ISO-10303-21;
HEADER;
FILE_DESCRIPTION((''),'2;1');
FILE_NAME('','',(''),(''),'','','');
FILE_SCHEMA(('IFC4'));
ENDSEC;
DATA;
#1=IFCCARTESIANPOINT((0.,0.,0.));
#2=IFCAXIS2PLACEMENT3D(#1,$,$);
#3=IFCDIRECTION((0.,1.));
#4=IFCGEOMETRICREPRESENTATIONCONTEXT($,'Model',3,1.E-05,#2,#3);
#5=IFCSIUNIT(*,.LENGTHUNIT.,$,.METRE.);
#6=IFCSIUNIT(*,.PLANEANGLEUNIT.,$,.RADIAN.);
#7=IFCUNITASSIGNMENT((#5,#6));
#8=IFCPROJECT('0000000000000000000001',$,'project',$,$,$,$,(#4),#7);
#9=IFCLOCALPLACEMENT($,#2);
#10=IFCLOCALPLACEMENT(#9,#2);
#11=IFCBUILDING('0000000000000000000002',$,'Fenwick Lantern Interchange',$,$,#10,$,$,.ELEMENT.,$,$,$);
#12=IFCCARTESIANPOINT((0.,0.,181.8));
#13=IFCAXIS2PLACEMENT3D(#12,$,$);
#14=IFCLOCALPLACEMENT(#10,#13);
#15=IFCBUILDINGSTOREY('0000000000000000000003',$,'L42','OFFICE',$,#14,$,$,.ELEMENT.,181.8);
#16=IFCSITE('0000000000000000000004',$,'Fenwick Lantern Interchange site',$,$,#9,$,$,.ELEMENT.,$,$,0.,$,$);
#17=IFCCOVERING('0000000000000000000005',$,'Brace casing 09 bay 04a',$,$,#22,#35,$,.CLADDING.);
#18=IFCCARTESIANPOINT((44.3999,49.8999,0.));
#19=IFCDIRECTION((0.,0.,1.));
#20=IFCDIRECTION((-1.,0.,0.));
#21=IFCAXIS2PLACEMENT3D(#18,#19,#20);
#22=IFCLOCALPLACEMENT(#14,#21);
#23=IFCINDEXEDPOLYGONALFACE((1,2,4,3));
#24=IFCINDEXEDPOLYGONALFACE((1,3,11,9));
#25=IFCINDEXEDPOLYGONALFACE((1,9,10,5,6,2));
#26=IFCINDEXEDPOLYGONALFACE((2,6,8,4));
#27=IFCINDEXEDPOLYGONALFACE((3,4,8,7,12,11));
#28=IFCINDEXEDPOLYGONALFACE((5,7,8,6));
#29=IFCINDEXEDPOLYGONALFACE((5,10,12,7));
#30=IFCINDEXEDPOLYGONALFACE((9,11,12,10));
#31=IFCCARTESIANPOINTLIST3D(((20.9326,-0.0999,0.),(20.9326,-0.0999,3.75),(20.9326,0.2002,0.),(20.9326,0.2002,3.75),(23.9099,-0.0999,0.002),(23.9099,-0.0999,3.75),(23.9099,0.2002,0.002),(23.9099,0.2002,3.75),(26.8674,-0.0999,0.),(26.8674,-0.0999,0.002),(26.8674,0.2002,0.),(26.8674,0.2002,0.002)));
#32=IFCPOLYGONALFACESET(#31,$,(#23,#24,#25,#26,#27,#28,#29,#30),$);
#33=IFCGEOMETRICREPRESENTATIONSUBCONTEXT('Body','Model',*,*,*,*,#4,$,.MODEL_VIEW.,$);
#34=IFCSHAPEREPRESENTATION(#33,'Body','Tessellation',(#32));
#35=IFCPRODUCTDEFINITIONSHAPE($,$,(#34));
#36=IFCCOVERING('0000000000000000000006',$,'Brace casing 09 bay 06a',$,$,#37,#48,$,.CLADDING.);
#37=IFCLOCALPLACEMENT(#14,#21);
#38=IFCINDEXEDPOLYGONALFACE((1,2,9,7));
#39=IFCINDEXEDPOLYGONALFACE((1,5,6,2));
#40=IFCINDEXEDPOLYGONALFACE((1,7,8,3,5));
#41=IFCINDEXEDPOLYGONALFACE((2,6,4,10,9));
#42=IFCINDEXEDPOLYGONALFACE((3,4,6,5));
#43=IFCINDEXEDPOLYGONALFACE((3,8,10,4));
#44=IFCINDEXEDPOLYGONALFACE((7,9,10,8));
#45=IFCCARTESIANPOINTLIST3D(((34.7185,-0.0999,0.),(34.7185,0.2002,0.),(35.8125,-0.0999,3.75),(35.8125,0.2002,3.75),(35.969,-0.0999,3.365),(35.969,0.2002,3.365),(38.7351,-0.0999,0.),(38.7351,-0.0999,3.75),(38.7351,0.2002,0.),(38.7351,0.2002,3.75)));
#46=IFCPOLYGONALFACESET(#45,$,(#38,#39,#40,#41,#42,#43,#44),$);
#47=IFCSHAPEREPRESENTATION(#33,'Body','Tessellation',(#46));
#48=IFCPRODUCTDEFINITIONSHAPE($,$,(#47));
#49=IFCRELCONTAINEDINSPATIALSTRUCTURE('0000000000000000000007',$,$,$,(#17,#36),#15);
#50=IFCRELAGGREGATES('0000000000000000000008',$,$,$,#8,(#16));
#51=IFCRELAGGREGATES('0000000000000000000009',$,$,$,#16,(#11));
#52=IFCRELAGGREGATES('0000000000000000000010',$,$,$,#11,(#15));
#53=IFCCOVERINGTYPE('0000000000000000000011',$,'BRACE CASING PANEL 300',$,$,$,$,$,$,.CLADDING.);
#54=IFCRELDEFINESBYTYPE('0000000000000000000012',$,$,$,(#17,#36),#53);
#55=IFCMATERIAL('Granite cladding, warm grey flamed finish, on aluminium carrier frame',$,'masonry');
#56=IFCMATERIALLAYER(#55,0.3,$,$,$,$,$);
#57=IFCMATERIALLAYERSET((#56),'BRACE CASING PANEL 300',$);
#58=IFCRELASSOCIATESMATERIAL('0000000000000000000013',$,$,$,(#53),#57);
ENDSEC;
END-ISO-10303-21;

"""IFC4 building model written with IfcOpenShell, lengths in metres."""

from ifc_helpers import new_model, si_unit, direction, frame, origin, place, context, subcontext, project, spatial, polyline, outline, extrude, material, layer, layer_set, type_object, element, save


model = new_model("IFC4")

# Units and contexts
model_context = context("Model", 3, precision=1e-05, world=origin(), true_north=direction((0.0, 1.0)))
body_context = subcontext(model_context, "Body", "Model", "MODEL_VIEW")
ifc_project = project(units=[si_unit("LENGTHUNIT", "METRE"), si_unit("PLANEANGLEUNIT", "RADIAN")], contexts=[model_context])

# Site, building, storey
site_placement = place(None, origin())
site = spatial("IfcSite", under=ifc_project, at=site_placement, Name="Fenwick Lantern Interchange site", CompositionType="ELEMENT", RefElevation=0.0)
building_placement = place(site_placement, origin())
building = spatial("IfcBuilding", under=site, at=building_placement, Name="Fenwick Lantern Interchange", CompositionType="ELEMENT")
storey_placement = place(building_placement, frame((0.0, 0.0, 181.8)))
storey = spatial("IfcBuildingStorey", under=building, at=storey_placement, Name="L42", Description="OFFICE", CompositionType="ELEMENT", Elevation=181.8)

# Coverings
ifc_material_1 = material(Name="Granite cladding, warm grey flamed finish, on aluminium carrier frame", Category="masonry")
ifc_layer_1 = layer(ifc_material_1, 0.3)
ifc_layer_set_1 = layer_set([ifc_layer_1], Name="BRACE CASING PANEL 300")
covering_type = type_object("IfcCoveringType", Name="BRACE CASING PANEL 300", PredefinedType="CLADDING", material=ifc_layer_set_1)
covering_1_placement = place(storey_placement, frame((44.3999, 49.8999, 0.0), z_axis=(0.0, 0.0, 1.0), x_axis=(-1.0, 0.0, 0.0)))
element("IfcCovering", 1, at=covering_1_placement, inside=storey, type_object=covering_type, Name="Brace casing 09 bay 04a", PredefinedType="CLADDING", context=body_context, shape_type="SweptSolid", body=[
    extrude(outline(polyline([(20.9326, 0.0), (26.8674, 0.0), (26.8674, 0.002), (23.9099, 0.002), (23.9099, 3.75), (20.9326, 3.75), (20.9326, 0.0)])), frame((0.0, 0.2002, 0.0), z_axis=(0.0, -1.0, 0.0), x_axis=(1.0, 0.0, 0.0)), (0.0, 0.0, 1.0), 0.3),
])
covering_2_placement = place(storey_placement, frame((44.3999, 49.8999, 0.0), z_axis=(0.0, 0.0, 1.0), x_axis=(-1.0, 0.0, 0.0)))
element("IfcCovering", 2, at=covering_2_placement, inside=storey, type_object=covering_type, Name="Brace casing 09 bay 06a", PredefinedType="CLADDING", context=body_context, shape_type="SweptSolid", body=[
    extrude(outline(polyline([(34.7185, 0.0), (38.7351, 0.0), (38.7351, 3.75), (35.8125, 3.75), (35.969, 3.365), (34.7185, 0.0)])), frame((0.0, 0.2002, 0.0), z_axis=(0.0, -1.0, 0.0), x_axis=(1.0, 0.0, 0.0)), (0.0, 0.0, 1.0), 0.3),
])

save(model, "model.ifc")
